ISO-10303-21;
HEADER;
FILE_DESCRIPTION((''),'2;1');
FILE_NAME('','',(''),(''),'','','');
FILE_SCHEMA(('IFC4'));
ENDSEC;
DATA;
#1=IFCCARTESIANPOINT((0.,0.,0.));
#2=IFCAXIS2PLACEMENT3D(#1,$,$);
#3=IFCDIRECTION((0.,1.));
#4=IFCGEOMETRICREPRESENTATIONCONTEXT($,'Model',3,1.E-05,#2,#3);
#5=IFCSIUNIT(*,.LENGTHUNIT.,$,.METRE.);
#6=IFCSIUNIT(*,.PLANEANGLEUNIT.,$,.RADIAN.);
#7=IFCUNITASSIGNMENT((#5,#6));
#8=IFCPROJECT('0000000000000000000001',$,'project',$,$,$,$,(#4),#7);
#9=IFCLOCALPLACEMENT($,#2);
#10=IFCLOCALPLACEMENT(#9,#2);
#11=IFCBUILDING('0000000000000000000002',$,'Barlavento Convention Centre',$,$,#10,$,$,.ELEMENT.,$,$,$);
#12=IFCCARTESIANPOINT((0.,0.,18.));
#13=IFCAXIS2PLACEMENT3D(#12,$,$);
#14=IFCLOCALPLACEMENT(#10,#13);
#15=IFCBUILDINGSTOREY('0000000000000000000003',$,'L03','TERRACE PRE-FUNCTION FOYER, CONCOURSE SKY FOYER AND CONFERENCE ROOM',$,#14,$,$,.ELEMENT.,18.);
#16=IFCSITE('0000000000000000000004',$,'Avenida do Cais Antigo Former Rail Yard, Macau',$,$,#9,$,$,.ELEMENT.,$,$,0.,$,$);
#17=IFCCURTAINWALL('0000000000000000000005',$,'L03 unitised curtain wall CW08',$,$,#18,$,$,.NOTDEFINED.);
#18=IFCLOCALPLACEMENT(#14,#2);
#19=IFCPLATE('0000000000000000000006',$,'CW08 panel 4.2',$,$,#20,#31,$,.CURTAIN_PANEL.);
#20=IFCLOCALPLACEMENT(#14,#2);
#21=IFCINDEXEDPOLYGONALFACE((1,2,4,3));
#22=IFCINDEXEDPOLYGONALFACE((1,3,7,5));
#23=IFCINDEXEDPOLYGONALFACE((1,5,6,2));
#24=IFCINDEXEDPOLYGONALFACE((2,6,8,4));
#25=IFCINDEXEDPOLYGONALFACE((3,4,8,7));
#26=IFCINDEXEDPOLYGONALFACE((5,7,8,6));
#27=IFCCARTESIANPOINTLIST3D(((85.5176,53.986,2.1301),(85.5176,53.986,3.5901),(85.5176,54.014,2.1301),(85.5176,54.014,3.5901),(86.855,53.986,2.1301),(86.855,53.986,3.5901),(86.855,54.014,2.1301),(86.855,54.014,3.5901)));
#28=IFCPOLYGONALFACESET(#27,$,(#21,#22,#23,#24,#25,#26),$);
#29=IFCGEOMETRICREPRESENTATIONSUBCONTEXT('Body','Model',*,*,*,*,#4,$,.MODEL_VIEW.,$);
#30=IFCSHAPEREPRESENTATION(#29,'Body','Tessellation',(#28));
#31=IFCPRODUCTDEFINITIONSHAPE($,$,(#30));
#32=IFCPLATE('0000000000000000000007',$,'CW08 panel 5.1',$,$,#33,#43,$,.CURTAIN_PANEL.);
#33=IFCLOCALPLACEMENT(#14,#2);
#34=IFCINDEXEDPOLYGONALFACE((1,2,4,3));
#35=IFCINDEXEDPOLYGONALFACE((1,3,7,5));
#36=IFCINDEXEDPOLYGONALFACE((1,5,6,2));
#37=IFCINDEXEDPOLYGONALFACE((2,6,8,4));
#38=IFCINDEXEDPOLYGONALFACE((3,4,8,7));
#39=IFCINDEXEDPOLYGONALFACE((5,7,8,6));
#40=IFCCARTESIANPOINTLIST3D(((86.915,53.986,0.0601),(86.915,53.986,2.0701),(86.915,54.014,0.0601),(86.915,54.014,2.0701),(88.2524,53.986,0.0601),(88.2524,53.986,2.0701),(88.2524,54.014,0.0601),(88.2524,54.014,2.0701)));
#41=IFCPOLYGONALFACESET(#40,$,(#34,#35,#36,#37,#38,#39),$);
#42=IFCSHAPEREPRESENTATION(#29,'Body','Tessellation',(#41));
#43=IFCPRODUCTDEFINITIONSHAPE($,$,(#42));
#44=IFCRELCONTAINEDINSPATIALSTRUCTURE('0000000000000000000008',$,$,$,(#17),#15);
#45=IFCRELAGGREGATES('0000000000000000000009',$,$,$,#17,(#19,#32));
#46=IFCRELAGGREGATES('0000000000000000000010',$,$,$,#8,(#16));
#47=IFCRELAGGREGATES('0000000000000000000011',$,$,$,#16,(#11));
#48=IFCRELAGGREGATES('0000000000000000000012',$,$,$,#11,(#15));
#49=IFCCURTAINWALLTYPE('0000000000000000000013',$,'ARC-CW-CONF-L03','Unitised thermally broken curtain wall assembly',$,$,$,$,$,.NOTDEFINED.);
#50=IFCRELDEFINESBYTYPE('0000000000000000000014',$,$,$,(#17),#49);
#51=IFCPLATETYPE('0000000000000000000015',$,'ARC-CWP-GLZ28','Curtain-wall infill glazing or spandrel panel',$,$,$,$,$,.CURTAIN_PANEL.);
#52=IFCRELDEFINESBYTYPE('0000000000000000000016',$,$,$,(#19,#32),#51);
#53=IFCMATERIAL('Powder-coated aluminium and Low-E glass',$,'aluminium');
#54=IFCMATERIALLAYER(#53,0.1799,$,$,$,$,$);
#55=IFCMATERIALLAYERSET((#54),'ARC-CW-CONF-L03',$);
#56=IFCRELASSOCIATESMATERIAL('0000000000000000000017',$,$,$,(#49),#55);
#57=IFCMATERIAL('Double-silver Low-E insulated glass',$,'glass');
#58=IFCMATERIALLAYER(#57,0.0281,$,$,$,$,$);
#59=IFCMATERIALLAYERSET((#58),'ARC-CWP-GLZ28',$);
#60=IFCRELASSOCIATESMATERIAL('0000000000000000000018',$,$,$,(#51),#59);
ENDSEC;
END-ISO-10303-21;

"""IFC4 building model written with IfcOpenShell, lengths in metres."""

from ifc_helpers import new_model, si_unit, direction, frame, origin, origin_2d, place, context, subcontext, project, spatial, rectangle, extrude, material, layer, layer_set, type_object, element, aggregate, save


model = new_model("IFC4")

# Units and contexts
model_context = context("Model", 3, precision=1e-05, world=origin(), true_north=direction((0.0, 1.0)))
body_context = subcontext(model_context, "Body", "Model", "MODEL_VIEW")
ifc_project = project(units=[si_unit("LENGTHUNIT", "METRE"), si_unit("PLANEANGLEUNIT", "RADIAN")], contexts=[model_context])

# Site, building, storey
site_placement = place(None, origin())
site = spatial("IfcSite", under=ifc_project, at=site_placement, Name="Avenida do Cais Antigo Former Rail Yard, Macau", CompositionType="ELEMENT", RefElevation=0.0)
building_placement = place(site_placement, origin())
building = spatial("IfcBuilding", under=site, at=building_placement, Name="Barlavento Convention Centre", CompositionType="ELEMENT")
storey_placement = place(building_placement, frame((0.0, 0.0, 18.0)))
storey = spatial("IfcBuildingStorey", under=building, at=storey_placement, Name="L03", Description="TERRACE PRE-FUNCTION FOYER, CONCOURSE SKY FOYER AND CONFERENCE ROOM", CompositionType="ELEMENT", Elevation=18.0)

# Curtain wall
ifc_material_1 = material(Name="Powder-coated aluminium and Low-E glass", Category="aluminium")
ifc_layer_1 = layer(ifc_material_1, 0.1799)
ifc_layer_set_1 = layer_set([ifc_layer_1], Name="ARC-CW-CONF-L03")
curtain_wall_type = type_object("IfcCurtainWallType", Name="ARC-CW-CONF-L03", Description="Unitised thermally broken curtain wall assembly", PredefinedType="NOTDEFINED", material=ifc_layer_set_1)
curtain_wall_placement = place(storey_placement, origin())
curtain_wall = element("IfcCurtainWall", 1, at=curtain_wall_placement, inside=storey, type_object=curtain_wall_type, Name="L03 unitised curtain wall CW08", PredefinedType="NOTDEFINED")

# Plates
ifc_material_2 = material(Name="Double-silver Low-E insulated glass", Category="glass")
ifc_layer_2 = layer(ifc_material_2, 0.0281)
ifc_layer_set_2 = layer_set([ifc_layer_2], Name="ARC-CWP-GLZ28")
plate_type = type_object("IfcPlateType", Name="ARC-CWP-GLZ28", Description="Curtain-wall infill glazing or spandrel panel", PredefinedType="CURTAIN_PANEL", material=ifc_layer_set_2)
plate_1_placement = place(storey_placement, frame((86.1863, 54.0, 2.1301), z_axis=(0.0, 0.0, 1.0), x_axis=(1.0, 0.0, 0.0)))
plate_1 = element("IfcPlate", 2, at=plate_1_placement, type_object=plate_type, Name="CW08 panel 4.2", PredefinedType="CURTAIN_PANEL", context=body_context, shape_type="SweptSolid", body=[
    extrude(rectangle(XDim=1.3374, YDim=0.0281, at=origin_2d()), origin(), (0.0, 0.0, 1.0), 1.46),
])
plate_2_placement = place(storey_placement, frame((87.5837, 54.0, 0.0601), z_axis=(0.0, 0.0, 1.0), x_axis=(1.0, 0.0, 0.0)))
plate_2 = element("IfcPlate", 3, at=plate_2_placement, type_object=plate_type, Name="CW08 panel 5.1", PredefinedType="CURTAIN_PANEL", context=body_context, shape_type="SweptSolid", body=[
    extrude(rectangle(XDim=1.3374, YDim=0.0281, at=origin_2d()), origin(), (0.0, 0.0, 1.0), 2.01),
])
aggregate(curtain_wall, [plate_1, plate_2])

save(model, "model.ifc")
